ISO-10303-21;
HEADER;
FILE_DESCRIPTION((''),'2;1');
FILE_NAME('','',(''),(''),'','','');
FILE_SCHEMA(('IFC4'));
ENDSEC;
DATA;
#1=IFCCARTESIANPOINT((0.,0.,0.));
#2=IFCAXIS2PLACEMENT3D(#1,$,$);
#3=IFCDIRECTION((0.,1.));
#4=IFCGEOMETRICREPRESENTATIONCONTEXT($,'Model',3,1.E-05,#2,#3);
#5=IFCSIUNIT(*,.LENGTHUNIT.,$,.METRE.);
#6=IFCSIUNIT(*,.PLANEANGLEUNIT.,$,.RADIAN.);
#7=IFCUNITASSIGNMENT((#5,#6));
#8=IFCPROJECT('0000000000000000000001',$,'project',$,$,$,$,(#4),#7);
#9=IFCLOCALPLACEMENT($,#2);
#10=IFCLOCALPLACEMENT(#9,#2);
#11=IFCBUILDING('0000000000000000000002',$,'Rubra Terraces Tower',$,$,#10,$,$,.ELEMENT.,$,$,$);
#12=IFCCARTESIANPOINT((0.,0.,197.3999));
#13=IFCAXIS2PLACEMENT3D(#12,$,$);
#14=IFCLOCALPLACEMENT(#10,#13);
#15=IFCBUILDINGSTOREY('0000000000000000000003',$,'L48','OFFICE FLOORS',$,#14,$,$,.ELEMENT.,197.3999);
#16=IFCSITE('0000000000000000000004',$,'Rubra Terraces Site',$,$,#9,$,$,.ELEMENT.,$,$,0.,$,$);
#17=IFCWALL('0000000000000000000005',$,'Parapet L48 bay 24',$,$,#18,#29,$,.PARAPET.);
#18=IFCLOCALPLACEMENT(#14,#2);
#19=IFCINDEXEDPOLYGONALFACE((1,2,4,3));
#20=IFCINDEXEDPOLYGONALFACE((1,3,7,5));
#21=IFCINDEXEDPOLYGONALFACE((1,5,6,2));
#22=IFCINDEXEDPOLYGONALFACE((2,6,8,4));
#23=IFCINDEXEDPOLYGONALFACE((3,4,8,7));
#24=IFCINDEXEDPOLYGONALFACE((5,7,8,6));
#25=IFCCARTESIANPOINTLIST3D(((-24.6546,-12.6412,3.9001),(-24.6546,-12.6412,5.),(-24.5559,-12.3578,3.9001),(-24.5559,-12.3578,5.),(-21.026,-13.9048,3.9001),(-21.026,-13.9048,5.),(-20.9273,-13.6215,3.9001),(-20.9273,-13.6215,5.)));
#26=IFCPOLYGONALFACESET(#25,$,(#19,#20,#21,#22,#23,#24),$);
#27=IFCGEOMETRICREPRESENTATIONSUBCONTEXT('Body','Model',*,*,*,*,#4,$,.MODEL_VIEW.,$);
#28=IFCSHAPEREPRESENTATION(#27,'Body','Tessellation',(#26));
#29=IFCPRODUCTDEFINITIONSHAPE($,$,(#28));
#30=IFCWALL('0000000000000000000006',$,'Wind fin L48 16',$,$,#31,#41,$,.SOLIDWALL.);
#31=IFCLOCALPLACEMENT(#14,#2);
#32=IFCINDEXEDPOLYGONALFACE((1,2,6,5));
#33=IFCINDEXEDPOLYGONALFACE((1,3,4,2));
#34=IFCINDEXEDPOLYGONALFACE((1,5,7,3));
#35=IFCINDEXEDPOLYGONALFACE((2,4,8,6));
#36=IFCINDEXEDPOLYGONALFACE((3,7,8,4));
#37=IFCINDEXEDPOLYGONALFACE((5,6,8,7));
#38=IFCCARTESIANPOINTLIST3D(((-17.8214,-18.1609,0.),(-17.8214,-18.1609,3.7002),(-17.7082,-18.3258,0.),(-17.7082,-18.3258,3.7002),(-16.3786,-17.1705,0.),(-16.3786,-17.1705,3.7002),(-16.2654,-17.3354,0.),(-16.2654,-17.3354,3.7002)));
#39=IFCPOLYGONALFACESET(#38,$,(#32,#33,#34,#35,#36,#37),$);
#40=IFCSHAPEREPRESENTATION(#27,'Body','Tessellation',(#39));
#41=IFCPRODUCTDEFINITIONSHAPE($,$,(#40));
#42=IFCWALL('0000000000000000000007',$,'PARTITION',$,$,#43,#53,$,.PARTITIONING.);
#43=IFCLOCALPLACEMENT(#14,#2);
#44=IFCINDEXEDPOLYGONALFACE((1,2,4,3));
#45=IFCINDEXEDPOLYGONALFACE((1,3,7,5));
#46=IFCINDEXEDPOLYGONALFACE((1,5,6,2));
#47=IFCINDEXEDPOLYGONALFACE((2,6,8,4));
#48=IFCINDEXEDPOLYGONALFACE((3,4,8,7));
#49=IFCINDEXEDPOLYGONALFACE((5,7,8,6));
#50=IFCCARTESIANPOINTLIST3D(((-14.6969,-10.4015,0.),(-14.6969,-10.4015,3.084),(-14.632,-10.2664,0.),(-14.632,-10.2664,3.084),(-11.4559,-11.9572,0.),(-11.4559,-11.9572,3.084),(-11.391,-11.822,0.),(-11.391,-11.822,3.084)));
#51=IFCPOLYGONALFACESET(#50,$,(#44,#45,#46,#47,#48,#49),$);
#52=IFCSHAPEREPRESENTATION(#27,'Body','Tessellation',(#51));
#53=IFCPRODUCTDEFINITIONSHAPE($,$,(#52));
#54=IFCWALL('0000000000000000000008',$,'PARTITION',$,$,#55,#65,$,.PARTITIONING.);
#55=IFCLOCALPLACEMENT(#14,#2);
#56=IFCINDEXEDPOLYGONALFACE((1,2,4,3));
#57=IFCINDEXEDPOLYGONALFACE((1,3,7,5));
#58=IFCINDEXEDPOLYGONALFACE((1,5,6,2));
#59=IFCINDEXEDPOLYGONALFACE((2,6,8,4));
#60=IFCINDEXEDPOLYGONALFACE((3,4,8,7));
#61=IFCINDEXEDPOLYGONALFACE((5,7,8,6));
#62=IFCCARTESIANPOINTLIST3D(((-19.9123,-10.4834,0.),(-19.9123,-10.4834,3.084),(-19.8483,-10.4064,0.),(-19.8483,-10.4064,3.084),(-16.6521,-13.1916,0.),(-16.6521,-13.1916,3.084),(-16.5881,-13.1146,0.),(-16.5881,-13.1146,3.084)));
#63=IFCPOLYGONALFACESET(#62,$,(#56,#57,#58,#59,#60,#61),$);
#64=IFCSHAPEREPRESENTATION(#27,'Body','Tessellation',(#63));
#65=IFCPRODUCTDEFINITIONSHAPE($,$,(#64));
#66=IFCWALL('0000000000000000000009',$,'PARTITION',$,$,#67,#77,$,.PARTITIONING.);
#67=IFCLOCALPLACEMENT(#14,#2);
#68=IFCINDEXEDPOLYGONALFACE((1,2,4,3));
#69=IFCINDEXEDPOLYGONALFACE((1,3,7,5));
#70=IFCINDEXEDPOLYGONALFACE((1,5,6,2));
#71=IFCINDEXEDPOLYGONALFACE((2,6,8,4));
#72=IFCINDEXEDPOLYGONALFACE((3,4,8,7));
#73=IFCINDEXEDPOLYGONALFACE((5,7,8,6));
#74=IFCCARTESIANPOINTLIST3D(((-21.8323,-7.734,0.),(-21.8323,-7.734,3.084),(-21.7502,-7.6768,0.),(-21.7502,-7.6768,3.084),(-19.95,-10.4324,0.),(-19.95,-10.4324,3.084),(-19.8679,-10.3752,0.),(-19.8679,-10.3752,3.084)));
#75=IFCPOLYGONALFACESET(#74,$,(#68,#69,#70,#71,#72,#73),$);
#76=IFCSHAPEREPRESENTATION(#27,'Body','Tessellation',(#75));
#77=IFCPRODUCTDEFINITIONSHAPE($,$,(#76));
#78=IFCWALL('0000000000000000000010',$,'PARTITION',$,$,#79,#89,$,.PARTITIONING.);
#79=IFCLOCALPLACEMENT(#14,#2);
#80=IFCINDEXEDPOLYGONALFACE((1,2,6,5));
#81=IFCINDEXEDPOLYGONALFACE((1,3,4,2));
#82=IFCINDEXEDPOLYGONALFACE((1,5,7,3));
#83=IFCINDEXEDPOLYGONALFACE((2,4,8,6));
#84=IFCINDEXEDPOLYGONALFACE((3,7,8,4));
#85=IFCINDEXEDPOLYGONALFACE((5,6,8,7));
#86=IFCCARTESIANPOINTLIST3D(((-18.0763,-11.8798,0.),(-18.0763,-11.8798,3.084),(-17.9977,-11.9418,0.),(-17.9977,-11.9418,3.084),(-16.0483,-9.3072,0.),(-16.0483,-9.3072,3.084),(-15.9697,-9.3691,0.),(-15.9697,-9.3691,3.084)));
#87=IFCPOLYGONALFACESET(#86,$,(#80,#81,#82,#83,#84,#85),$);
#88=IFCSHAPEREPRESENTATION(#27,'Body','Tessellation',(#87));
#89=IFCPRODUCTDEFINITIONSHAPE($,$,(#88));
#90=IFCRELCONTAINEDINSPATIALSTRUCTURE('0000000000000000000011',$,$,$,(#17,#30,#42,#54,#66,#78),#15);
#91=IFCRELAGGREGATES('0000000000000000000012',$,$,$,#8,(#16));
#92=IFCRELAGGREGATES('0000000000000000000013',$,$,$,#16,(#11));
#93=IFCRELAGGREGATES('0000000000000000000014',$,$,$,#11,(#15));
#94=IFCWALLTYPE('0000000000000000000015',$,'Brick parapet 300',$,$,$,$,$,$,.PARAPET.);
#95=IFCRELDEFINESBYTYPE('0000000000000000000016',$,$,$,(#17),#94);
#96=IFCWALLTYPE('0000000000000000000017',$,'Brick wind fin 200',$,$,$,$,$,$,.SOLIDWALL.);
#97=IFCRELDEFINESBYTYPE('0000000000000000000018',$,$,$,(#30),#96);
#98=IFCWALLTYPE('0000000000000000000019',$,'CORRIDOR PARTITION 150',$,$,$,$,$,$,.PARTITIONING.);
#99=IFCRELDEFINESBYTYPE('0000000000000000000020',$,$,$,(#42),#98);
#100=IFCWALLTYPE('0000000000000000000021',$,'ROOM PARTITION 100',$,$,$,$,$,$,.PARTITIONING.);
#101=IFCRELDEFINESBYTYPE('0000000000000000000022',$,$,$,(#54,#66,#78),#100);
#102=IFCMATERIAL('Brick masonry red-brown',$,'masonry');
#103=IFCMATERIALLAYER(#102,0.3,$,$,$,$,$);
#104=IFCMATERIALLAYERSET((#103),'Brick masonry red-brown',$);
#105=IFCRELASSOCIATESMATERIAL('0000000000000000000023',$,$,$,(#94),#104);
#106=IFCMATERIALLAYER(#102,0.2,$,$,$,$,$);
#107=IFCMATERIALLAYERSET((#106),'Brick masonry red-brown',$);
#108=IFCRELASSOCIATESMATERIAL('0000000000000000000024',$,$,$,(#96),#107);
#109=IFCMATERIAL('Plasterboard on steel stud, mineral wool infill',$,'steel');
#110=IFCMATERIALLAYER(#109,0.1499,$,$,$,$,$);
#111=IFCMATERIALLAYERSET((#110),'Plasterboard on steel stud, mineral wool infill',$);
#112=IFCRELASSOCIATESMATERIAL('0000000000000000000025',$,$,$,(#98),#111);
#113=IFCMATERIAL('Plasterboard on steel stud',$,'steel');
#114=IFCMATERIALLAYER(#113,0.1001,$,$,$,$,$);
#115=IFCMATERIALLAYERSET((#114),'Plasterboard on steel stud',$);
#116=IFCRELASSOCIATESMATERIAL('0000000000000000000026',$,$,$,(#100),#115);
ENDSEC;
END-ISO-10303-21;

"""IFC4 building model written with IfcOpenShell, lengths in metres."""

from ifc_helpers import new_model, si_unit, direction, frame, frame_2d, origin, place, context, subcontext, project, spatial, rectangle, extrude, material, layer, layer_set, type_object, element, save


model = new_model("IFC4")

# Units and contexts
model_context = context("Model", 3, precision=1e-05, world=origin(), true_north=direction((0.0, 1.0)))
body_context = subcontext(model_context, "Body", "Model", "MODEL_VIEW")
ifc_project = project(units=[si_unit("LENGTHUNIT", "METRE"), si_unit("PLANEANGLEUNIT", "RADIAN")], contexts=[model_context])

# Site, building, storey
site_placement = place(None, origin())
site = spatial("IfcSite", under=ifc_project, at=site_placement, Name="Rubra Terraces Site", CompositionType="ELEMENT", RefElevation=0.0)
building_placement = place(site_placement, origin())
building = spatial("IfcBuilding", under=site, at=building_placement, Name="Rubra Terraces Tower", CompositionType="ELEMENT")
storey_placement = place(building_placement, frame((0.0, 0.0, 197.3999)))
storey = spatial("IfcBuildingStorey", under=building, at=storey_placement, Name="L48", Description="OFFICE FLOORS", CompositionType="ELEMENT", Elevation=197.3999)

# Shared definitions
ifc_material_1 = material(Name="Brick masonry red-brown", Category="masonry")

# Walls
ifc_layer_1 = layer(ifc_material_1, 0.3)
ifc_layer_set_1 = layer_set([ifc_layer_1], Name="Brick masonry red-brown")
wall_type_1 = type_object("IfcWallType", Name="Brick parapet 300", PredefinedType="PARAPET", material=ifc_layer_set_1)
wall_1_placement = place(storey_placement, frame((-24.6052, -12.4995, 3.9001), z_axis=(0.0, 0.0, 1.0), x_axis=(0.944373, -0.328875, 0.0)))
element("IfcWall", 1, at=wall_1_placement, inside=storey, type_object=wall_type_1, Name="Parapet L48 bay 24", PredefinedType="PARAPET", context=body_context, shape_type="SweptSolid", body=[
    extrude(rectangle(XDim=3.8423, YDim=0.3, at=frame_2d((1.9211, 0.0))), origin(), (0.0, 0.0, 1.0), 1.0999),
])
ifc_layer_2 = layer(ifc_material_1, 0.2)
ifc_layer_set_2 = layer_set([ifc_layer_2], Name="Brick masonry red-brown")
wall_type_2 = type_object("IfcWallType", Name="Brick wind fin 200", PredefinedType="SOLIDWALL", material=ifc_layer_set_2)
wall_2_placement = place(storey_placement, frame((-16.322, -17.2529, 0.0), z_axis=(0.0, 0.0, 1.0), x_axis=(-0.824441, -0.565948, 0.0)))
element("IfcWall", 2, at=wall_2_placement, inside=storey, type_object=wall_type_2, Name="Wind fin L48 16", PredefinedType="SOLIDWALL", context=body_context, shape_type="SweptSolid", body=[
    extrude(rectangle(XDim=1.75, YDim=0.2, at=frame_2d((0.875, 0.0))), origin(), (0.0, 0.0, 1.0), 3.7002),
])

# Shared definitions
ifc_material_2 = material(Name="Plasterboard on steel stud, mineral wool infill", Category="steel")
ifc_layer_3 = layer(ifc_material_2, 0.1499)
ifc_layer_set_3 = layer_set([ifc_layer_3], Name="Plasterboard on steel stud, mineral wool infill")
wall_type_3 = type_object("IfcWallType", Name="CORRIDOR PARTITION 150", PredefinedType="PARTITIONING", material=ifc_layer_set_3)

# Walls
wall_3_placement = place(storey_placement, frame((-14.6643, -10.334, 0.0), z_axis=(0.0, 0.0, 1.0), x_axis=(0.901523, -0.432731, 0.0)))
element("IfcWall", 3, at=wall_3_placement, inside=storey, type_object=wall_type_3, Name="PARTITION", PredefinedType="PARTITIONING", context=body_context, shape_type="SweptSolid", body=[
    extrude(rectangle(XDim=3.595, YDim=0.1499, at=frame_2d((1.7974, 0.0))), origin(), (0.0, 0.0, 1.0), 3.084),
])
ifc_material_3 = material(Name="Plasterboard on steel stud", Category="steel")
ifc_layer_4 = layer(ifc_material_3, 0.1001)
ifc_layer_set_4 = layer_set([ifc_layer_4], Name="Plasterboard on steel stud")
wall_type_4 = type_object("IfcWallType", Name="ROOM PARTITION 100", PredefinedType="PARTITIONING", material=ifc_layer_set_4)
wall_4_placement = place(storey_placement, frame((-16.6201, -13.1531, 0.0), z_axis=(0.0, 0.0, 1.0), x_axis=(-0.769221, 0.638982, 0.0)))
element("IfcWall", 4, at=wall_4_placement, inside=storey, type_object=wall_type_4, Name="PARTITION", PredefinedType="PARTITIONING", context=body_context, shape_type="SweptSolid", body=[
    extrude(rectangle(XDim=4.2383, YDim=0.1001, at=frame_2d((2.1191, 0.0))), origin(), (0.0, 0.0, 1.0), 3.084),
])
wall_5_placement = place(storey_placement, frame((-19.9089, -10.4038, 0.0), z_axis=(0.0, 0.0, 1.0), x_axis=(-0.572112, 0.820176, 0.0)))
element("IfcWall", 5, at=wall_5_placement, inside=storey, type_object=wall_type_4, Name="PARTITION", PredefinedType="PARTITIONING", context=body_context, shape_type="SweptSolid", body=[
    extrude(rectangle(XDim=3.29, YDim=0.1001, at=frame_2d((1.645, 0.0))), origin(), (0.0, 0.0, 1.0), 3.084),
])
wall_6_placement = place(storey_placement, frame((-16.009, -9.3381, 0.0), z_axis=(0.0, 0.0, 1.0), x_axis=(-0.619071, -0.785335, 0.0)))
element("IfcWall", 6, at=wall_6_placement, inside=storey, type_object=wall_type_4, Name="PARTITION", PredefinedType="PARTITIONING", context=body_context, shape_type="SweptSolid", body=[
    extrude(rectangle(XDim=3.2759, YDim=0.1001, at=frame_2d((1.6379, 0.0))), origin(), (0.0, 0.0, 1.0), 3.084),
])

save(model, "model.ifc")
